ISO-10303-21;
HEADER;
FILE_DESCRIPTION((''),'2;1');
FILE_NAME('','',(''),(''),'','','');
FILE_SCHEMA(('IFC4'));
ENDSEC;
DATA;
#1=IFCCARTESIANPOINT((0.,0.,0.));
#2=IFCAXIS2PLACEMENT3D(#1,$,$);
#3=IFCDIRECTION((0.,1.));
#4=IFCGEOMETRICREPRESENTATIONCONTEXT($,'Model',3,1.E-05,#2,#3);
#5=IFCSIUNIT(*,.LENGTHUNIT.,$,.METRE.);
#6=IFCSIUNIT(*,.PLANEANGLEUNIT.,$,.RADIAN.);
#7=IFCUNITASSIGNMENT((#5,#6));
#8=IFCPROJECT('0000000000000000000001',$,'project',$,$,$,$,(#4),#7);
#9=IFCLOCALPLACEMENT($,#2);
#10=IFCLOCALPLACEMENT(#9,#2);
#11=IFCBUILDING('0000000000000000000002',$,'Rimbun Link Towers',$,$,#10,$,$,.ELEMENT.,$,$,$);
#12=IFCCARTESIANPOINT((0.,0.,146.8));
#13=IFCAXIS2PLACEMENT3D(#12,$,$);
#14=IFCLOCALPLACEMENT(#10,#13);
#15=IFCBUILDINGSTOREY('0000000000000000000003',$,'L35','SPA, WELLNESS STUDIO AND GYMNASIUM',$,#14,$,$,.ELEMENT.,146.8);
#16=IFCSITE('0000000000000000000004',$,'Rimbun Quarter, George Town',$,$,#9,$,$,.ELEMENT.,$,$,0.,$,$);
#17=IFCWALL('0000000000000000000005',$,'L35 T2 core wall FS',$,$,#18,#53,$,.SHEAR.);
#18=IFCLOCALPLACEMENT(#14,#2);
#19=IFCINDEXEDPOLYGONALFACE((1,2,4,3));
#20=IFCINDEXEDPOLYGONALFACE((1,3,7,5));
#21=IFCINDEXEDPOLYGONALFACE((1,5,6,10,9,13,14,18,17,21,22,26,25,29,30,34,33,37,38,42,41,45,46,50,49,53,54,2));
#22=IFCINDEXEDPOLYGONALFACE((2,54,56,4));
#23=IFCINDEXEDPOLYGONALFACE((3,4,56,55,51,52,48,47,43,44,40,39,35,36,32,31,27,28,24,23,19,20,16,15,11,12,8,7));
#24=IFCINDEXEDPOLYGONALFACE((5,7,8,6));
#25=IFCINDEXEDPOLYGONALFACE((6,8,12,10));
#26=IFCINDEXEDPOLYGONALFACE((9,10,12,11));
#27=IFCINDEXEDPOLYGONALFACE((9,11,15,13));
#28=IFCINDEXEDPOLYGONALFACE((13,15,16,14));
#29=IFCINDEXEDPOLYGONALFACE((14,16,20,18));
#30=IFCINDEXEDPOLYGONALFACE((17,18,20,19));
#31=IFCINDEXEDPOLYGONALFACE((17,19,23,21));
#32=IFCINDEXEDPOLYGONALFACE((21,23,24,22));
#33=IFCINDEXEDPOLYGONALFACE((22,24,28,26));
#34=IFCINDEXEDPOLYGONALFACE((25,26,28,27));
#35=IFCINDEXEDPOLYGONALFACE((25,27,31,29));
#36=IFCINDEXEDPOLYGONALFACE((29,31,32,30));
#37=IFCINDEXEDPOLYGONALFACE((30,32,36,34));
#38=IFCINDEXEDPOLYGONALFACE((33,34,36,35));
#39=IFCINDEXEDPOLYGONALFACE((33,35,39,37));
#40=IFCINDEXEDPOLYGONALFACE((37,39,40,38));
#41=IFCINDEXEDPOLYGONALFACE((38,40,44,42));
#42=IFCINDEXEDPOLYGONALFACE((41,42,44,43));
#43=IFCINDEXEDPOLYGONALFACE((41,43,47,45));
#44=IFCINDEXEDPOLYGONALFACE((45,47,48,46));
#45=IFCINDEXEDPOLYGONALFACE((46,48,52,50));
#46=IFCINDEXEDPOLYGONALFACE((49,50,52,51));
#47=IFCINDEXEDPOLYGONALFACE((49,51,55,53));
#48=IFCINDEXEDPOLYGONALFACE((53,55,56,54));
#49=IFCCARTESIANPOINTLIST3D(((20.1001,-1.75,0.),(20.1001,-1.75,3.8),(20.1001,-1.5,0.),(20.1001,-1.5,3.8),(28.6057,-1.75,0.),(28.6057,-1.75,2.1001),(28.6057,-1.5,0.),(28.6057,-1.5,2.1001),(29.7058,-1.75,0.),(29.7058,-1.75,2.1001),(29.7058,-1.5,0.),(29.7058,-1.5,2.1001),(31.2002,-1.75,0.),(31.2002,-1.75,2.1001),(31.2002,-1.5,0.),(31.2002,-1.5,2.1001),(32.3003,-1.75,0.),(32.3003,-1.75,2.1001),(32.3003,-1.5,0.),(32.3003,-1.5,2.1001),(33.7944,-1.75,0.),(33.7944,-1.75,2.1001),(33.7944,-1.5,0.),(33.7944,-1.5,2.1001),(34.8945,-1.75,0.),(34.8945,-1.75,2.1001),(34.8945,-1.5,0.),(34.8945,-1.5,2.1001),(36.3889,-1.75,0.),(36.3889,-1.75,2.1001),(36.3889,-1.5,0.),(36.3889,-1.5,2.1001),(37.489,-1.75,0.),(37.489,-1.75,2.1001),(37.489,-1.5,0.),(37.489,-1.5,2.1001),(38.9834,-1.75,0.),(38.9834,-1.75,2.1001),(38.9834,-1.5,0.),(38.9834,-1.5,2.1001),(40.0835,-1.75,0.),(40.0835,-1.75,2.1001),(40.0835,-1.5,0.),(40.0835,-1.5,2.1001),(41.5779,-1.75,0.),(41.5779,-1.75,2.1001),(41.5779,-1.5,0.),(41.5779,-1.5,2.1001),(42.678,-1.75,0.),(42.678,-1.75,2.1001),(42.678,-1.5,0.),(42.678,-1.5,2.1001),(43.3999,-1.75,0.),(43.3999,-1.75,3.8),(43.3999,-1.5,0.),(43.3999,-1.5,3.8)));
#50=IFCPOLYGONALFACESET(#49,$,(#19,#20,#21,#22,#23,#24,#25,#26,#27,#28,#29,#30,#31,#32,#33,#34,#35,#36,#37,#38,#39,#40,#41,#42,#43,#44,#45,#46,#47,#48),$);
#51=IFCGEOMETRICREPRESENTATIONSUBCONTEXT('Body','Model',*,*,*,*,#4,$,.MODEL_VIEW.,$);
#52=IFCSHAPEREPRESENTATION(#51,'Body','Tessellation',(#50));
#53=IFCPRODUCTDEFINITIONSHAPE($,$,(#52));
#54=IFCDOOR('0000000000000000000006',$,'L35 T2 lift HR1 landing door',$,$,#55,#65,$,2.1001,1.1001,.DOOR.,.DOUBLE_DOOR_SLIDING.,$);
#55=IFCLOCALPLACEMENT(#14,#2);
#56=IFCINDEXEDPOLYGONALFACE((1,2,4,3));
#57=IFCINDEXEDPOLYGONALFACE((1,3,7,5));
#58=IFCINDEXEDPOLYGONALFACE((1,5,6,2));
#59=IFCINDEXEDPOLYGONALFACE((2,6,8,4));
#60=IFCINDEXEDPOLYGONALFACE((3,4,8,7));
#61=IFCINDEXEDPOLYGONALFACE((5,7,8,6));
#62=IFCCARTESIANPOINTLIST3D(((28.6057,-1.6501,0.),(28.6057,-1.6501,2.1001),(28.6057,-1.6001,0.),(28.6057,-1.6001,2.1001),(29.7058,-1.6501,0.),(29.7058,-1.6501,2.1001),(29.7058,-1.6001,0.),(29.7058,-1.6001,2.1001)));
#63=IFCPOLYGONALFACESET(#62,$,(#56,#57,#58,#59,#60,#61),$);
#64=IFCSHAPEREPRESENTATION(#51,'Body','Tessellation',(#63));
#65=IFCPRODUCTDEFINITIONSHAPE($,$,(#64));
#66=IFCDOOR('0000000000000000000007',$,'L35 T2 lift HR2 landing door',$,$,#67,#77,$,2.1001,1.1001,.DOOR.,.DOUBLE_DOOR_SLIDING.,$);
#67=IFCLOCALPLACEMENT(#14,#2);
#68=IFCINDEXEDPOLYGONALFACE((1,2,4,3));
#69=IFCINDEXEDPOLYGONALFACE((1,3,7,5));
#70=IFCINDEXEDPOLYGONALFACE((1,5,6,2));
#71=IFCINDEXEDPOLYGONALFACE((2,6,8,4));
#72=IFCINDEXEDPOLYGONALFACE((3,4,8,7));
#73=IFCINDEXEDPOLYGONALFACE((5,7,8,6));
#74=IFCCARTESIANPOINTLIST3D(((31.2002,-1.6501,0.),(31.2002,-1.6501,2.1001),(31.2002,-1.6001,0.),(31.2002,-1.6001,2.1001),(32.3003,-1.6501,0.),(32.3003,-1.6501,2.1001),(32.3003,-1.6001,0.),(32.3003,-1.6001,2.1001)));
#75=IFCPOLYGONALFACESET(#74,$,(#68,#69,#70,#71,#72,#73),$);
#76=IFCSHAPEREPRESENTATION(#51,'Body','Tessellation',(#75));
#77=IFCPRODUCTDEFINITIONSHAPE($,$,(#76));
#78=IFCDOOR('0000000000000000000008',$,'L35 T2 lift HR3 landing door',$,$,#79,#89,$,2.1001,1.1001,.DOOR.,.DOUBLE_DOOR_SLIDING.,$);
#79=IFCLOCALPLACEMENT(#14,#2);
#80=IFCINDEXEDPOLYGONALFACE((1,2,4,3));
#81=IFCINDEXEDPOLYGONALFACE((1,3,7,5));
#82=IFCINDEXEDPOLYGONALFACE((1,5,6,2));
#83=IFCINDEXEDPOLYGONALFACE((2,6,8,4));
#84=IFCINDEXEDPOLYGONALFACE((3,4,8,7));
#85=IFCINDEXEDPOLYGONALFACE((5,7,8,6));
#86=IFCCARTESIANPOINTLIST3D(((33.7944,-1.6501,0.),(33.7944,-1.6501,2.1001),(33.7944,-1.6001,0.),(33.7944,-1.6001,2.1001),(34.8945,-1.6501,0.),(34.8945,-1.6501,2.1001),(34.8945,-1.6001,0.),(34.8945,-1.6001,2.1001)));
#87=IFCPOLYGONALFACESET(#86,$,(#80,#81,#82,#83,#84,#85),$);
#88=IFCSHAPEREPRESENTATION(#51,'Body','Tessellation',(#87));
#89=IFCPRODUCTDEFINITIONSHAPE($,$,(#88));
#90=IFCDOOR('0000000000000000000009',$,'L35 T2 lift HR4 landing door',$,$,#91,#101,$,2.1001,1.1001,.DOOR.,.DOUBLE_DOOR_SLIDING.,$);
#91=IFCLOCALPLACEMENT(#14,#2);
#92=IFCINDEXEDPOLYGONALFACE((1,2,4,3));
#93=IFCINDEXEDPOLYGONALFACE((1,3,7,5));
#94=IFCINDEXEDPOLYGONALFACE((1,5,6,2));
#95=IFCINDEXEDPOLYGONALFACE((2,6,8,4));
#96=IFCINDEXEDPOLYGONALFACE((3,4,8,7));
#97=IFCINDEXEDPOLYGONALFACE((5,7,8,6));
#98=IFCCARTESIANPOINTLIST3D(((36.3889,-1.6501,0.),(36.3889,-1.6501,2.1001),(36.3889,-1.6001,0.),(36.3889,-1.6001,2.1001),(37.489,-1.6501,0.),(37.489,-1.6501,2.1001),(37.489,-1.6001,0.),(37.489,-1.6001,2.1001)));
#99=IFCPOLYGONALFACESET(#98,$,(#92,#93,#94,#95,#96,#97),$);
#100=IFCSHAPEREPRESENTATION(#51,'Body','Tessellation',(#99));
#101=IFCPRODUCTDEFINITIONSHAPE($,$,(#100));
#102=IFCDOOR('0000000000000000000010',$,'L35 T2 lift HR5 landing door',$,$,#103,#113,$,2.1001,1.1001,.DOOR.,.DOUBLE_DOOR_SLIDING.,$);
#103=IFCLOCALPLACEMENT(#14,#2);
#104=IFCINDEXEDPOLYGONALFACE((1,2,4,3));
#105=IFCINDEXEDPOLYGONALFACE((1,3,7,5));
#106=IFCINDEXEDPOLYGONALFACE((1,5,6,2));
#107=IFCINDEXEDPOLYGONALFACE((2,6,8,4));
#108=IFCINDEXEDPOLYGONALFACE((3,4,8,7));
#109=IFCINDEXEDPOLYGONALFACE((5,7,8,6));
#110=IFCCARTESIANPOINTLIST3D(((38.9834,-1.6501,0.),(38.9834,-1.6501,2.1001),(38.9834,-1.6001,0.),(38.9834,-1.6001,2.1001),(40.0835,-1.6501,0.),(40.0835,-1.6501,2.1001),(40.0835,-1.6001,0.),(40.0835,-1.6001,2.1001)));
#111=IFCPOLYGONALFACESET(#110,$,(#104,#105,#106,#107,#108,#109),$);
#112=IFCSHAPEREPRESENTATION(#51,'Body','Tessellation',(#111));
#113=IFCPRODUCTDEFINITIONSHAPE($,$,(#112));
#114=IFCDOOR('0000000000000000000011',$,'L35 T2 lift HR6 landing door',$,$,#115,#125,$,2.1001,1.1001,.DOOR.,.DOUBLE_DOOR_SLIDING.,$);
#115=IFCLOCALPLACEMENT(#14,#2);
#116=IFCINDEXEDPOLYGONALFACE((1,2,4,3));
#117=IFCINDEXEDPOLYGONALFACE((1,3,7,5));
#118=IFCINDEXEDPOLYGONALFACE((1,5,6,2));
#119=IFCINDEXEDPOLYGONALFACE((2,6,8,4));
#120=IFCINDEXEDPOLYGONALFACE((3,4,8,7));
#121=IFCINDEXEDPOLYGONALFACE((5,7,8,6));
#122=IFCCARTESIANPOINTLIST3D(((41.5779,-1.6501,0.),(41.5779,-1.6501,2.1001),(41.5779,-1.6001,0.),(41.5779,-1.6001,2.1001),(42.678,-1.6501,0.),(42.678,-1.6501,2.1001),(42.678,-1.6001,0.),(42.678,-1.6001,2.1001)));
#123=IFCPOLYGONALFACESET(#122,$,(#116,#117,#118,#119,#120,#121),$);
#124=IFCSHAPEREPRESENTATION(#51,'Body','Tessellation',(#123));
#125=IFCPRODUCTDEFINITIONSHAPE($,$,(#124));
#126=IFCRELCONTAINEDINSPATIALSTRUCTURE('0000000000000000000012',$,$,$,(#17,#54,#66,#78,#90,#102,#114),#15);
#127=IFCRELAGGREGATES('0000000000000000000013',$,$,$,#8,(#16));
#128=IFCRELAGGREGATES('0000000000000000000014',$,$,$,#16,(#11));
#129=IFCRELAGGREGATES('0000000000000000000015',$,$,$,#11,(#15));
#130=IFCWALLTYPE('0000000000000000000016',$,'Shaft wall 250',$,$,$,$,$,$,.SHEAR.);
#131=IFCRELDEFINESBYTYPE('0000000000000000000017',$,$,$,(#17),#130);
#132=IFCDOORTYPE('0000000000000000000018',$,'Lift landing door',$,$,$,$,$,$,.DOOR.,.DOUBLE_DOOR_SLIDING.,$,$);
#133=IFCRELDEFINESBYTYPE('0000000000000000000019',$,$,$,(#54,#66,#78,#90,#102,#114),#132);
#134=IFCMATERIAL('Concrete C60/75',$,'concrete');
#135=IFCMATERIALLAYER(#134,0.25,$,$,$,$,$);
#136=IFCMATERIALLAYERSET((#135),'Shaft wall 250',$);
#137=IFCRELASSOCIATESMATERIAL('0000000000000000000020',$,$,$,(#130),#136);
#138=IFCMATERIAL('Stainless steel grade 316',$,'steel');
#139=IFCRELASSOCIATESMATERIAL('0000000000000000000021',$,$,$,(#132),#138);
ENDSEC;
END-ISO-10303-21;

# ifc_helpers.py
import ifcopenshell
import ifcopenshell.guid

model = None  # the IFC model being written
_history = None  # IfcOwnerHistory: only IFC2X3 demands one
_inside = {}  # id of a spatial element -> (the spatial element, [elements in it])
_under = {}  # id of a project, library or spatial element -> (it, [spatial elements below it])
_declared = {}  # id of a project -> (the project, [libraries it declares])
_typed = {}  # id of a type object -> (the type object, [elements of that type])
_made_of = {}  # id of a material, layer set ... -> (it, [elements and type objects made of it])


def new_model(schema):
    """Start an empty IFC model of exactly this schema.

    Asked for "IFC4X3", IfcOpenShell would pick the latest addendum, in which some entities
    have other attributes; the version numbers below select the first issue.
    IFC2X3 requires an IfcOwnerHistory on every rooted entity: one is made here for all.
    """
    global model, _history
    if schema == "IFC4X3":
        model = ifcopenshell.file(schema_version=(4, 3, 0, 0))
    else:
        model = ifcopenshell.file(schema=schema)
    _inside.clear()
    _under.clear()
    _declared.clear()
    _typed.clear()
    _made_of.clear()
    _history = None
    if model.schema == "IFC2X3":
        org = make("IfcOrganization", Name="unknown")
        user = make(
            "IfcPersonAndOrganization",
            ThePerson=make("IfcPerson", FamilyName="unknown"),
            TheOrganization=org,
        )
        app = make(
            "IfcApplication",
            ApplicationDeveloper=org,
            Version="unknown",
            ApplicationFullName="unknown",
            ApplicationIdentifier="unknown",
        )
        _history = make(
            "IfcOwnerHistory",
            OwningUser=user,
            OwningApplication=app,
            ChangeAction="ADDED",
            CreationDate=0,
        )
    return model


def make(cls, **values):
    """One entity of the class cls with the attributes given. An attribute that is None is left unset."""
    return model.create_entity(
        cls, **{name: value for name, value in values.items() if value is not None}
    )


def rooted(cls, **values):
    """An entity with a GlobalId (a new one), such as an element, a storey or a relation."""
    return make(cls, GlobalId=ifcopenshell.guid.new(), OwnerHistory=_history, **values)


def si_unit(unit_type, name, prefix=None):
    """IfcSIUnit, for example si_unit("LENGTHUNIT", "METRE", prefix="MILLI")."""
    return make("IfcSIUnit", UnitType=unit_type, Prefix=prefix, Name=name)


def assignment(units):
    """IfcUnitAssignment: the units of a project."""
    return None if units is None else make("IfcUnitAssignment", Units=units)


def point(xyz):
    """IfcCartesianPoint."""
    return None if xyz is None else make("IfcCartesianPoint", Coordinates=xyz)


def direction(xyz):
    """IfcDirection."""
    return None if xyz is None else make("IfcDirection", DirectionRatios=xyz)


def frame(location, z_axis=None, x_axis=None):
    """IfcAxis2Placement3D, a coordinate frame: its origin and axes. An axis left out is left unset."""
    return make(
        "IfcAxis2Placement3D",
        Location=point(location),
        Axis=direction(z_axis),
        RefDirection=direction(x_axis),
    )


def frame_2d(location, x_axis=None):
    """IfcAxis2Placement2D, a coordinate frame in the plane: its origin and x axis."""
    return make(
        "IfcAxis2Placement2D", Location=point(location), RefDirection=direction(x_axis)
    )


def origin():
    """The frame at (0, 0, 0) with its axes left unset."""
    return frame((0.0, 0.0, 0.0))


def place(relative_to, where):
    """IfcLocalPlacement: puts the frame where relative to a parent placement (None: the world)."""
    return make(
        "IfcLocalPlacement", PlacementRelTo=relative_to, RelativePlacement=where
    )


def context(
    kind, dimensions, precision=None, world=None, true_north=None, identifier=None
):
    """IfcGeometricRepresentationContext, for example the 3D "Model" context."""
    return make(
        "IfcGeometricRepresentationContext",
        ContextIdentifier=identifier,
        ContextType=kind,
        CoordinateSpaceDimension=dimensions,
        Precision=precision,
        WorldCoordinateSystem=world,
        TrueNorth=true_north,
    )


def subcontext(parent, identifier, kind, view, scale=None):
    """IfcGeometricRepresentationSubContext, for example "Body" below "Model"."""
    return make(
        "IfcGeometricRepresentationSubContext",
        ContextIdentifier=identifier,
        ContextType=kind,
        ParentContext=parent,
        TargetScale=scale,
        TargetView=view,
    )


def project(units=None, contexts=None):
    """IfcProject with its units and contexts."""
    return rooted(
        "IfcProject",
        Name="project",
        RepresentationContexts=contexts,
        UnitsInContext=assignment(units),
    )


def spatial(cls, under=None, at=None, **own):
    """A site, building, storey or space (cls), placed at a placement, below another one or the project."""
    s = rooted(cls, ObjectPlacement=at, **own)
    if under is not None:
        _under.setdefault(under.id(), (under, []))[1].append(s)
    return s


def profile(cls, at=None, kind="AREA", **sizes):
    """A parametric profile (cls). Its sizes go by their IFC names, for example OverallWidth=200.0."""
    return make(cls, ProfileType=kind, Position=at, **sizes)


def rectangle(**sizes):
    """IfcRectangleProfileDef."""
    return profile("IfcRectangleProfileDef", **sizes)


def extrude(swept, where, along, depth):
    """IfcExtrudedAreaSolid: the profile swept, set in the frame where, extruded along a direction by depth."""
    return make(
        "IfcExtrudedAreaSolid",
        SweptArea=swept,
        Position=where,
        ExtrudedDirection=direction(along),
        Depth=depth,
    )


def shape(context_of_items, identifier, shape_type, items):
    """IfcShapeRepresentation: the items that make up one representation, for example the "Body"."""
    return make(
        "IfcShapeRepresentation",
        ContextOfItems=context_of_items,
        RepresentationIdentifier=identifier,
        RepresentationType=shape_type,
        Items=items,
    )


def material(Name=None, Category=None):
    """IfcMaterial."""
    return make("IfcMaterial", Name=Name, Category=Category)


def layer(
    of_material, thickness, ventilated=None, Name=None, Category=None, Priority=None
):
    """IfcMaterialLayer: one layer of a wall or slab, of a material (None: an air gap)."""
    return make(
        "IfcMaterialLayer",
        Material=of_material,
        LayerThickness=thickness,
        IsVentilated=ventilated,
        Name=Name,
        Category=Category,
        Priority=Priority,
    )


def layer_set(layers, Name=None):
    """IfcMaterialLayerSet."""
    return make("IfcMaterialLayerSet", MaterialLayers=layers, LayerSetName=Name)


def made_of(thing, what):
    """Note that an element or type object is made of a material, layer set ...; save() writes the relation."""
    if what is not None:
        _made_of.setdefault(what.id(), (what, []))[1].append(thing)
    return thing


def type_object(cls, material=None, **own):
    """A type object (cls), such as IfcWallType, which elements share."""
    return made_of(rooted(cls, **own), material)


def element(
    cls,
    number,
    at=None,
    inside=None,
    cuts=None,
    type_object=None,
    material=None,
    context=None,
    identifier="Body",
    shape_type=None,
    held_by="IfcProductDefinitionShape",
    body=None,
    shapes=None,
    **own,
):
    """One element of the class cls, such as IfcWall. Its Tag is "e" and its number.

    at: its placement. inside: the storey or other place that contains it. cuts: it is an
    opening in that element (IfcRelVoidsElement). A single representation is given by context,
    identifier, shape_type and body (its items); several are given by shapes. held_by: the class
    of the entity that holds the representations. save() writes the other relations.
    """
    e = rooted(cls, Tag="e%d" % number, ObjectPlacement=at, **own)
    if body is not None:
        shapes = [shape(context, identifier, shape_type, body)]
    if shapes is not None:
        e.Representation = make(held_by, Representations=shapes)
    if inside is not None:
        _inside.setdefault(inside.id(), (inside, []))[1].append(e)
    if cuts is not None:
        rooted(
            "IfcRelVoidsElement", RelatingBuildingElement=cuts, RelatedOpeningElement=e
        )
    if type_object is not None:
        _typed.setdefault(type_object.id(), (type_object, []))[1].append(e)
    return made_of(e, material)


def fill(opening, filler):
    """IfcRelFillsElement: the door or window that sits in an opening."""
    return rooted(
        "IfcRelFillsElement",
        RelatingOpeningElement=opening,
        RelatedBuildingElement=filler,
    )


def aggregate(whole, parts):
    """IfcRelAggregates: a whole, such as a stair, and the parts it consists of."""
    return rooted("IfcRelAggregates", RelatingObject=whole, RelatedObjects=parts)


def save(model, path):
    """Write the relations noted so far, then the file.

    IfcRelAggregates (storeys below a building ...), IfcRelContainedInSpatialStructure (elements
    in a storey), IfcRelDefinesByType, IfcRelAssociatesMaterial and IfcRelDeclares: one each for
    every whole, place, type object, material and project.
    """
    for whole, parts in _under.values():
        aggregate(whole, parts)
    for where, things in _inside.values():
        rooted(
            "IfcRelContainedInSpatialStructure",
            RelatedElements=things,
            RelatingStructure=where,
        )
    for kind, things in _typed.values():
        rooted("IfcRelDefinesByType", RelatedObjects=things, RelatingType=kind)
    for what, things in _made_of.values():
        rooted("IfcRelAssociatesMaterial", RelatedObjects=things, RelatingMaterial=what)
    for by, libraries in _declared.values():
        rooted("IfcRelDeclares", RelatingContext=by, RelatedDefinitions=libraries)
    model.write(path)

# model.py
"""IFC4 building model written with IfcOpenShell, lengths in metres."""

from ifc_helpers import new_model, si_unit, direction, frame, frame_2d, origin, place, context, subcontext, project, spatial, rectangle, extrude, material, layer, layer_set, type_object, element, fill, save


model = new_model("IFC4")

# Units and contexts
model_context = context("Model", 3, precision=1e-05, world=origin(), true_north=direction((0.0, 1.0)))
body_context = subcontext(model_context, "Body", "Model", "MODEL_VIEW")
ifc_project = project(units=[si_unit("LENGTHUNIT", "METRE"), si_unit("PLANEANGLEUNIT", "RADIAN")], contexts=[model_context])

# Site, building, storey
site_placement = place(None, origin())
site = spatial("IfcSite", under=ifc_project, at=site_placement, Name="Rimbun Quarter, George Town", CompositionType="ELEMENT", RefElevation=0.0)
building_placement = place(site_placement, origin())
building = spatial("IfcBuilding", under=site, at=building_placement, Name="Rimbun Link Towers", CompositionType="ELEMENT")
storey_placement = place(building_placement, frame((0.0, 0.0, 146.8)))
storey = spatial("IfcBuildingStorey", under=building, at=storey_placement, Name="L35", Description="SPA, WELLNESS STUDIO AND GYMNASIUM", CompositionType="ELEMENT", Elevation=146.8)

# Shared definitions
ifc_material_1 = material(Name="Concrete C60/75", Category="concrete")
ifc_layer_1 = layer(ifc_material_1, 0.25)
ifc_layer_set_1 = layer_set([ifc_layer_1], Name="Shaft wall 250")
wall_type_1 = type_object("IfcWallType", Name="Shaft wall 250", PredefinedType="SHEAR", material=ifc_layer_set_1)

# Wall, openings, doors
wall_1_placement = place(storey_placement, frame((20.1001, -1.625, 0.0), z_axis=(0.0, 0.0, 1.0), x_axis=(1.0, 0.0, 0.0)))
wall_1 = element("IfcWall", 1, at=wall_1_placement, inside=storey, type_object=wall_type_1, Name="L35 T2 core wall FS", PredefinedType="SHEAR", context=body_context, shape_type="SweptSolid", body=[
    extrude(rectangle(XDim=23.2998, YDim=0.25, at=frame_2d((11.6499, 0.0))), origin(), (0.0, 0.0, 1.0), 3.8),
])
opening_1_placement = place(wall_1_placement, frame((8.5056, 0.0, 0.0)))
opening_1 = element("IfcOpeningElement", 2, at=opening_1_placement, cuts=wall_1, PredefinedType="OPENING", context=body_context, shape_type="SweptSolid", body=[
    extrude(rectangle(XDim=1.1001, YDim=2.1001, at=frame_2d((0.55, 1.05))), frame((0.0, 0.135, 0.0), z_axis=(0.0, -1.0, 0.0), x_axis=(1.0, 0.0, 0.0)), (0.0, 0.0, 1.0), 0.27),
])
opening_2_placement = place(wall_1_placement, frame((11.1001, 0.0, 0.0)))
opening_2 = element("IfcOpeningElement", 3, at=opening_2_placement, cuts=wall_1, PredefinedType="OPENING", context=body_context, shape_type="SweptSolid", body=[
    extrude(rectangle(XDim=1.1001, YDim=2.1001, at=frame_2d((0.55, 1.05))), frame((0.0, 0.135, 0.0), z_axis=(0.0, -1.0, 0.0), x_axis=(1.0, 0.0, 0.0)), (0.0, 0.0, 1.0), 0.27),
])
opening_3_placement = place(wall_1_placement, frame((13.6943, 0.0, 0.0)))
opening_3 = element("IfcOpeningElement", 4, at=opening_3_placement, cuts=wall_1, PredefinedType="OPENING", context=body_context, shape_type="SweptSolid", body=[
    extrude(rectangle(XDim=1.1001, YDim=2.1001, at=frame_2d((0.55, 1.05))), frame((0.0, 0.135, 0.0), z_axis=(0.0, -1.0, 0.0), x_axis=(1.0, 0.0, 0.0)), (0.0, 0.0, 1.0), 0.27),
])
opening_4_placement = place(wall_1_placement, frame((16.2888, 0.0, 0.0)))
opening_4 = element("IfcOpeningElement", 5, at=opening_4_placement, cuts=wall_1, PredefinedType="OPENING", context=body_context, shape_type="SweptSolid", body=[
    extrude(rectangle(XDim=1.1001, YDim=2.1001, at=frame_2d((0.55, 1.05))), frame((0.0, 0.135, 0.0), z_axis=(0.0, -1.0, 0.0), x_axis=(1.0, 0.0, 0.0)), (0.0, 0.0, 1.0), 0.27),
])
opening_5_placement = place(wall_1_placement, frame((18.8833, 0.0, 0.0)))
opening_5 = element("IfcOpeningElement", 6, at=opening_5_placement, cuts=wall_1, PredefinedType="OPENING", context=body_context, shape_type="SweptSolid", body=[
    extrude(rectangle(XDim=1.1001, YDim=2.1001, at=frame_2d((0.55, 1.05))), frame((0.0, 0.135, 0.0), z_axis=(0.0, -1.0, 0.0), x_axis=(1.0, 0.0, 0.0)), (0.0, 0.0, 1.0), 0.27),
])
opening_6_placement = place(wall_1_placement, frame((21.4778, 0.0, 0.0)))
opening_6 = element("IfcOpeningElement", 7, at=opening_6_placement, cuts=wall_1, PredefinedType="OPENING", context=body_context, shape_type="SweptSolid", body=[
    extrude(rectangle(XDim=1.1001, YDim=2.1001, at=frame_2d((0.55, 1.05))), frame((0.0, 0.135, 0.0), z_axis=(0.0, -1.0, 0.0), x_axis=(1.0, 0.0, 0.0)), (0.0, 0.0, 1.0), 0.27),
])
ifc_material_2 = material(Name="Stainless steel grade 316", Category="steel")
door_type_1 = type_object("IfcDoorType", Name="Lift landing door", OperationType="DOUBLE_DOOR_SLIDING", PredefinedType="DOOR", material=ifc_material_2)
door_1_placement = place(opening_1_placement, origin())
door_1 = element("IfcDoor", 8, at=door_1_placement, inside=storey, type_object=door_type_1, Name="L35 T2 lift HR1 landing door", OperationType="DOUBLE_DOOR_SLIDING", OverallHeight=2.1001, OverallWidth=1.1001, PredefinedType="DOOR", context=body_context, shape_type="SweptSolid", body=[
    extrude(rectangle(XDim=1.1001, YDim=2.1001, at=frame_2d((0.55, 1.05))), frame((0.0, 0.0249, 0.0), z_axis=(0.0, -1.0, 0.0), x_axis=(1.0, 0.0, 0.0)), (0.0, 0.0, 1.0), 0.05),
])
fill(opening_1, door_1)
door_2_placement = place(opening_2_placement, origin())
door_2 = element("IfcDoor", 9, at=door_2_placement, inside=storey, type_object=door_type_1, Name="L35 T2 lift HR2 landing door", OperationType="DOUBLE_DOOR_SLIDING", OverallHeight=2.1001, OverallWidth=1.1001, PredefinedType="DOOR", context=body_context, shape_type="SweptSolid", body=[
    extrude(rectangle(XDim=1.1001, YDim=2.1001, at=frame_2d((0.55, 1.05))), frame((0.0, 0.0249, 0.0), z_axis=(0.0, -1.0, 0.0), x_axis=(1.0, 0.0, 0.0)), (0.0, 0.0, 1.0), 0.05),
])
fill(opening_2, door_2)
door_3_placement = place(opening_3_placement, origin())
door_3 = element("IfcDoor", 10, at=door_3_placement, inside=storey, type_object=door_type_1, Name="L35 T2 lift HR3 landing door", OperationType="DOUBLE_DOOR_SLIDING", OverallHeight=2.1001, OverallWidth=1.1001, PredefinedType="DOOR", context=body_context, shape_type="SweptSolid", body=[
    extrude(rectangle(XDim=1.1001, YDim=2.1001, at=frame_2d((0.55, 1.05))), frame((0.0, 0.0249, 0.0), z_axis=(0.0, -1.0, 0.0), x_axis=(1.0, 0.0, 0.0)), (0.0, 0.0, 1.0), 0.05),
])
fill(opening_3, door_3)
door_4_placement = place(opening_4_placement, origin())
door_4 = element("IfcDoor", 11, at=door_4_placement, inside=storey, type_object=door_type_1, Name="L35 T2 lift HR4 landing door", OperationType="DOUBLE_DOOR_SLIDING", OverallHeight=2.1001, OverallWidth=1.1001, PredefinedType="DOOR", context=body_context, shape_type="SweptSolid", body=[
    extrude(rectangle(XDim=1.1001, YDim=2.1001, at=frame_2d((0.55, 1.05))), frame((0.0, 0.0249, 0.0), z_axis=(0.0, -1.0, 0.0), x_axis=(1.0, 0.0, 0.0)), (0.0, 0.0, 1.0), 0.05),
])
fill(opening_4, door_4)
door_5_placement = place(opening_5_placement, origin())
door_5 = element("IfcDoor", 12, at=door_5_placement, inside=storey, type_object=door_type_1, Name="L35 T2 lift HR5 landing door", OperationType="DOUBLE_DOOR_SLIDING", OverallHeight=2.1001, OverallWidth=1.1001, PredefinedType="DOOR", context=body_context, shape_type="SweptSolid", body=[
    extrude(rectangle(XDim=1.1001, YDim=2.1001, at=frame_2d((0.55, 1.05))), frame((0.0, 0.0249, 0.0), z_axis=(0.0, -1.0, 0.0), x_axis=(1.0, 0.0, 0.0)), (0.0, 0.0, 1.0), 0.05),
])
fill(opening_5, door_5)
door_6_placement = place(opening_6_placement, origin())
door_6 = element("IfcDoor", 13, at=door_6_placement, inside=storey, type_object=door_type_1, Name="L35 T2 lift HR6 landing door", OperationType="DOUBLE_DOOR_SLIDING", OverallHeight=2.1001, OverallWidth=1.1001, PredefinedType="DOOR", context=body_context, shape_type="SweptSolid", body=[
    extrude(rectangle(XDim=1.1001, YDim=2.1001, at=frame_2d((0.55, 1.05))), frame((0.0, 0.0249, 0.0), z_axis=(0.0, -1.0, 0.0), x_axis=(1.0, 0.0, 0.0)), (0.0, 0.0, 1.0), 0.05),
])
fill(opening_6, door_6)

save(model, "model.ifc")
